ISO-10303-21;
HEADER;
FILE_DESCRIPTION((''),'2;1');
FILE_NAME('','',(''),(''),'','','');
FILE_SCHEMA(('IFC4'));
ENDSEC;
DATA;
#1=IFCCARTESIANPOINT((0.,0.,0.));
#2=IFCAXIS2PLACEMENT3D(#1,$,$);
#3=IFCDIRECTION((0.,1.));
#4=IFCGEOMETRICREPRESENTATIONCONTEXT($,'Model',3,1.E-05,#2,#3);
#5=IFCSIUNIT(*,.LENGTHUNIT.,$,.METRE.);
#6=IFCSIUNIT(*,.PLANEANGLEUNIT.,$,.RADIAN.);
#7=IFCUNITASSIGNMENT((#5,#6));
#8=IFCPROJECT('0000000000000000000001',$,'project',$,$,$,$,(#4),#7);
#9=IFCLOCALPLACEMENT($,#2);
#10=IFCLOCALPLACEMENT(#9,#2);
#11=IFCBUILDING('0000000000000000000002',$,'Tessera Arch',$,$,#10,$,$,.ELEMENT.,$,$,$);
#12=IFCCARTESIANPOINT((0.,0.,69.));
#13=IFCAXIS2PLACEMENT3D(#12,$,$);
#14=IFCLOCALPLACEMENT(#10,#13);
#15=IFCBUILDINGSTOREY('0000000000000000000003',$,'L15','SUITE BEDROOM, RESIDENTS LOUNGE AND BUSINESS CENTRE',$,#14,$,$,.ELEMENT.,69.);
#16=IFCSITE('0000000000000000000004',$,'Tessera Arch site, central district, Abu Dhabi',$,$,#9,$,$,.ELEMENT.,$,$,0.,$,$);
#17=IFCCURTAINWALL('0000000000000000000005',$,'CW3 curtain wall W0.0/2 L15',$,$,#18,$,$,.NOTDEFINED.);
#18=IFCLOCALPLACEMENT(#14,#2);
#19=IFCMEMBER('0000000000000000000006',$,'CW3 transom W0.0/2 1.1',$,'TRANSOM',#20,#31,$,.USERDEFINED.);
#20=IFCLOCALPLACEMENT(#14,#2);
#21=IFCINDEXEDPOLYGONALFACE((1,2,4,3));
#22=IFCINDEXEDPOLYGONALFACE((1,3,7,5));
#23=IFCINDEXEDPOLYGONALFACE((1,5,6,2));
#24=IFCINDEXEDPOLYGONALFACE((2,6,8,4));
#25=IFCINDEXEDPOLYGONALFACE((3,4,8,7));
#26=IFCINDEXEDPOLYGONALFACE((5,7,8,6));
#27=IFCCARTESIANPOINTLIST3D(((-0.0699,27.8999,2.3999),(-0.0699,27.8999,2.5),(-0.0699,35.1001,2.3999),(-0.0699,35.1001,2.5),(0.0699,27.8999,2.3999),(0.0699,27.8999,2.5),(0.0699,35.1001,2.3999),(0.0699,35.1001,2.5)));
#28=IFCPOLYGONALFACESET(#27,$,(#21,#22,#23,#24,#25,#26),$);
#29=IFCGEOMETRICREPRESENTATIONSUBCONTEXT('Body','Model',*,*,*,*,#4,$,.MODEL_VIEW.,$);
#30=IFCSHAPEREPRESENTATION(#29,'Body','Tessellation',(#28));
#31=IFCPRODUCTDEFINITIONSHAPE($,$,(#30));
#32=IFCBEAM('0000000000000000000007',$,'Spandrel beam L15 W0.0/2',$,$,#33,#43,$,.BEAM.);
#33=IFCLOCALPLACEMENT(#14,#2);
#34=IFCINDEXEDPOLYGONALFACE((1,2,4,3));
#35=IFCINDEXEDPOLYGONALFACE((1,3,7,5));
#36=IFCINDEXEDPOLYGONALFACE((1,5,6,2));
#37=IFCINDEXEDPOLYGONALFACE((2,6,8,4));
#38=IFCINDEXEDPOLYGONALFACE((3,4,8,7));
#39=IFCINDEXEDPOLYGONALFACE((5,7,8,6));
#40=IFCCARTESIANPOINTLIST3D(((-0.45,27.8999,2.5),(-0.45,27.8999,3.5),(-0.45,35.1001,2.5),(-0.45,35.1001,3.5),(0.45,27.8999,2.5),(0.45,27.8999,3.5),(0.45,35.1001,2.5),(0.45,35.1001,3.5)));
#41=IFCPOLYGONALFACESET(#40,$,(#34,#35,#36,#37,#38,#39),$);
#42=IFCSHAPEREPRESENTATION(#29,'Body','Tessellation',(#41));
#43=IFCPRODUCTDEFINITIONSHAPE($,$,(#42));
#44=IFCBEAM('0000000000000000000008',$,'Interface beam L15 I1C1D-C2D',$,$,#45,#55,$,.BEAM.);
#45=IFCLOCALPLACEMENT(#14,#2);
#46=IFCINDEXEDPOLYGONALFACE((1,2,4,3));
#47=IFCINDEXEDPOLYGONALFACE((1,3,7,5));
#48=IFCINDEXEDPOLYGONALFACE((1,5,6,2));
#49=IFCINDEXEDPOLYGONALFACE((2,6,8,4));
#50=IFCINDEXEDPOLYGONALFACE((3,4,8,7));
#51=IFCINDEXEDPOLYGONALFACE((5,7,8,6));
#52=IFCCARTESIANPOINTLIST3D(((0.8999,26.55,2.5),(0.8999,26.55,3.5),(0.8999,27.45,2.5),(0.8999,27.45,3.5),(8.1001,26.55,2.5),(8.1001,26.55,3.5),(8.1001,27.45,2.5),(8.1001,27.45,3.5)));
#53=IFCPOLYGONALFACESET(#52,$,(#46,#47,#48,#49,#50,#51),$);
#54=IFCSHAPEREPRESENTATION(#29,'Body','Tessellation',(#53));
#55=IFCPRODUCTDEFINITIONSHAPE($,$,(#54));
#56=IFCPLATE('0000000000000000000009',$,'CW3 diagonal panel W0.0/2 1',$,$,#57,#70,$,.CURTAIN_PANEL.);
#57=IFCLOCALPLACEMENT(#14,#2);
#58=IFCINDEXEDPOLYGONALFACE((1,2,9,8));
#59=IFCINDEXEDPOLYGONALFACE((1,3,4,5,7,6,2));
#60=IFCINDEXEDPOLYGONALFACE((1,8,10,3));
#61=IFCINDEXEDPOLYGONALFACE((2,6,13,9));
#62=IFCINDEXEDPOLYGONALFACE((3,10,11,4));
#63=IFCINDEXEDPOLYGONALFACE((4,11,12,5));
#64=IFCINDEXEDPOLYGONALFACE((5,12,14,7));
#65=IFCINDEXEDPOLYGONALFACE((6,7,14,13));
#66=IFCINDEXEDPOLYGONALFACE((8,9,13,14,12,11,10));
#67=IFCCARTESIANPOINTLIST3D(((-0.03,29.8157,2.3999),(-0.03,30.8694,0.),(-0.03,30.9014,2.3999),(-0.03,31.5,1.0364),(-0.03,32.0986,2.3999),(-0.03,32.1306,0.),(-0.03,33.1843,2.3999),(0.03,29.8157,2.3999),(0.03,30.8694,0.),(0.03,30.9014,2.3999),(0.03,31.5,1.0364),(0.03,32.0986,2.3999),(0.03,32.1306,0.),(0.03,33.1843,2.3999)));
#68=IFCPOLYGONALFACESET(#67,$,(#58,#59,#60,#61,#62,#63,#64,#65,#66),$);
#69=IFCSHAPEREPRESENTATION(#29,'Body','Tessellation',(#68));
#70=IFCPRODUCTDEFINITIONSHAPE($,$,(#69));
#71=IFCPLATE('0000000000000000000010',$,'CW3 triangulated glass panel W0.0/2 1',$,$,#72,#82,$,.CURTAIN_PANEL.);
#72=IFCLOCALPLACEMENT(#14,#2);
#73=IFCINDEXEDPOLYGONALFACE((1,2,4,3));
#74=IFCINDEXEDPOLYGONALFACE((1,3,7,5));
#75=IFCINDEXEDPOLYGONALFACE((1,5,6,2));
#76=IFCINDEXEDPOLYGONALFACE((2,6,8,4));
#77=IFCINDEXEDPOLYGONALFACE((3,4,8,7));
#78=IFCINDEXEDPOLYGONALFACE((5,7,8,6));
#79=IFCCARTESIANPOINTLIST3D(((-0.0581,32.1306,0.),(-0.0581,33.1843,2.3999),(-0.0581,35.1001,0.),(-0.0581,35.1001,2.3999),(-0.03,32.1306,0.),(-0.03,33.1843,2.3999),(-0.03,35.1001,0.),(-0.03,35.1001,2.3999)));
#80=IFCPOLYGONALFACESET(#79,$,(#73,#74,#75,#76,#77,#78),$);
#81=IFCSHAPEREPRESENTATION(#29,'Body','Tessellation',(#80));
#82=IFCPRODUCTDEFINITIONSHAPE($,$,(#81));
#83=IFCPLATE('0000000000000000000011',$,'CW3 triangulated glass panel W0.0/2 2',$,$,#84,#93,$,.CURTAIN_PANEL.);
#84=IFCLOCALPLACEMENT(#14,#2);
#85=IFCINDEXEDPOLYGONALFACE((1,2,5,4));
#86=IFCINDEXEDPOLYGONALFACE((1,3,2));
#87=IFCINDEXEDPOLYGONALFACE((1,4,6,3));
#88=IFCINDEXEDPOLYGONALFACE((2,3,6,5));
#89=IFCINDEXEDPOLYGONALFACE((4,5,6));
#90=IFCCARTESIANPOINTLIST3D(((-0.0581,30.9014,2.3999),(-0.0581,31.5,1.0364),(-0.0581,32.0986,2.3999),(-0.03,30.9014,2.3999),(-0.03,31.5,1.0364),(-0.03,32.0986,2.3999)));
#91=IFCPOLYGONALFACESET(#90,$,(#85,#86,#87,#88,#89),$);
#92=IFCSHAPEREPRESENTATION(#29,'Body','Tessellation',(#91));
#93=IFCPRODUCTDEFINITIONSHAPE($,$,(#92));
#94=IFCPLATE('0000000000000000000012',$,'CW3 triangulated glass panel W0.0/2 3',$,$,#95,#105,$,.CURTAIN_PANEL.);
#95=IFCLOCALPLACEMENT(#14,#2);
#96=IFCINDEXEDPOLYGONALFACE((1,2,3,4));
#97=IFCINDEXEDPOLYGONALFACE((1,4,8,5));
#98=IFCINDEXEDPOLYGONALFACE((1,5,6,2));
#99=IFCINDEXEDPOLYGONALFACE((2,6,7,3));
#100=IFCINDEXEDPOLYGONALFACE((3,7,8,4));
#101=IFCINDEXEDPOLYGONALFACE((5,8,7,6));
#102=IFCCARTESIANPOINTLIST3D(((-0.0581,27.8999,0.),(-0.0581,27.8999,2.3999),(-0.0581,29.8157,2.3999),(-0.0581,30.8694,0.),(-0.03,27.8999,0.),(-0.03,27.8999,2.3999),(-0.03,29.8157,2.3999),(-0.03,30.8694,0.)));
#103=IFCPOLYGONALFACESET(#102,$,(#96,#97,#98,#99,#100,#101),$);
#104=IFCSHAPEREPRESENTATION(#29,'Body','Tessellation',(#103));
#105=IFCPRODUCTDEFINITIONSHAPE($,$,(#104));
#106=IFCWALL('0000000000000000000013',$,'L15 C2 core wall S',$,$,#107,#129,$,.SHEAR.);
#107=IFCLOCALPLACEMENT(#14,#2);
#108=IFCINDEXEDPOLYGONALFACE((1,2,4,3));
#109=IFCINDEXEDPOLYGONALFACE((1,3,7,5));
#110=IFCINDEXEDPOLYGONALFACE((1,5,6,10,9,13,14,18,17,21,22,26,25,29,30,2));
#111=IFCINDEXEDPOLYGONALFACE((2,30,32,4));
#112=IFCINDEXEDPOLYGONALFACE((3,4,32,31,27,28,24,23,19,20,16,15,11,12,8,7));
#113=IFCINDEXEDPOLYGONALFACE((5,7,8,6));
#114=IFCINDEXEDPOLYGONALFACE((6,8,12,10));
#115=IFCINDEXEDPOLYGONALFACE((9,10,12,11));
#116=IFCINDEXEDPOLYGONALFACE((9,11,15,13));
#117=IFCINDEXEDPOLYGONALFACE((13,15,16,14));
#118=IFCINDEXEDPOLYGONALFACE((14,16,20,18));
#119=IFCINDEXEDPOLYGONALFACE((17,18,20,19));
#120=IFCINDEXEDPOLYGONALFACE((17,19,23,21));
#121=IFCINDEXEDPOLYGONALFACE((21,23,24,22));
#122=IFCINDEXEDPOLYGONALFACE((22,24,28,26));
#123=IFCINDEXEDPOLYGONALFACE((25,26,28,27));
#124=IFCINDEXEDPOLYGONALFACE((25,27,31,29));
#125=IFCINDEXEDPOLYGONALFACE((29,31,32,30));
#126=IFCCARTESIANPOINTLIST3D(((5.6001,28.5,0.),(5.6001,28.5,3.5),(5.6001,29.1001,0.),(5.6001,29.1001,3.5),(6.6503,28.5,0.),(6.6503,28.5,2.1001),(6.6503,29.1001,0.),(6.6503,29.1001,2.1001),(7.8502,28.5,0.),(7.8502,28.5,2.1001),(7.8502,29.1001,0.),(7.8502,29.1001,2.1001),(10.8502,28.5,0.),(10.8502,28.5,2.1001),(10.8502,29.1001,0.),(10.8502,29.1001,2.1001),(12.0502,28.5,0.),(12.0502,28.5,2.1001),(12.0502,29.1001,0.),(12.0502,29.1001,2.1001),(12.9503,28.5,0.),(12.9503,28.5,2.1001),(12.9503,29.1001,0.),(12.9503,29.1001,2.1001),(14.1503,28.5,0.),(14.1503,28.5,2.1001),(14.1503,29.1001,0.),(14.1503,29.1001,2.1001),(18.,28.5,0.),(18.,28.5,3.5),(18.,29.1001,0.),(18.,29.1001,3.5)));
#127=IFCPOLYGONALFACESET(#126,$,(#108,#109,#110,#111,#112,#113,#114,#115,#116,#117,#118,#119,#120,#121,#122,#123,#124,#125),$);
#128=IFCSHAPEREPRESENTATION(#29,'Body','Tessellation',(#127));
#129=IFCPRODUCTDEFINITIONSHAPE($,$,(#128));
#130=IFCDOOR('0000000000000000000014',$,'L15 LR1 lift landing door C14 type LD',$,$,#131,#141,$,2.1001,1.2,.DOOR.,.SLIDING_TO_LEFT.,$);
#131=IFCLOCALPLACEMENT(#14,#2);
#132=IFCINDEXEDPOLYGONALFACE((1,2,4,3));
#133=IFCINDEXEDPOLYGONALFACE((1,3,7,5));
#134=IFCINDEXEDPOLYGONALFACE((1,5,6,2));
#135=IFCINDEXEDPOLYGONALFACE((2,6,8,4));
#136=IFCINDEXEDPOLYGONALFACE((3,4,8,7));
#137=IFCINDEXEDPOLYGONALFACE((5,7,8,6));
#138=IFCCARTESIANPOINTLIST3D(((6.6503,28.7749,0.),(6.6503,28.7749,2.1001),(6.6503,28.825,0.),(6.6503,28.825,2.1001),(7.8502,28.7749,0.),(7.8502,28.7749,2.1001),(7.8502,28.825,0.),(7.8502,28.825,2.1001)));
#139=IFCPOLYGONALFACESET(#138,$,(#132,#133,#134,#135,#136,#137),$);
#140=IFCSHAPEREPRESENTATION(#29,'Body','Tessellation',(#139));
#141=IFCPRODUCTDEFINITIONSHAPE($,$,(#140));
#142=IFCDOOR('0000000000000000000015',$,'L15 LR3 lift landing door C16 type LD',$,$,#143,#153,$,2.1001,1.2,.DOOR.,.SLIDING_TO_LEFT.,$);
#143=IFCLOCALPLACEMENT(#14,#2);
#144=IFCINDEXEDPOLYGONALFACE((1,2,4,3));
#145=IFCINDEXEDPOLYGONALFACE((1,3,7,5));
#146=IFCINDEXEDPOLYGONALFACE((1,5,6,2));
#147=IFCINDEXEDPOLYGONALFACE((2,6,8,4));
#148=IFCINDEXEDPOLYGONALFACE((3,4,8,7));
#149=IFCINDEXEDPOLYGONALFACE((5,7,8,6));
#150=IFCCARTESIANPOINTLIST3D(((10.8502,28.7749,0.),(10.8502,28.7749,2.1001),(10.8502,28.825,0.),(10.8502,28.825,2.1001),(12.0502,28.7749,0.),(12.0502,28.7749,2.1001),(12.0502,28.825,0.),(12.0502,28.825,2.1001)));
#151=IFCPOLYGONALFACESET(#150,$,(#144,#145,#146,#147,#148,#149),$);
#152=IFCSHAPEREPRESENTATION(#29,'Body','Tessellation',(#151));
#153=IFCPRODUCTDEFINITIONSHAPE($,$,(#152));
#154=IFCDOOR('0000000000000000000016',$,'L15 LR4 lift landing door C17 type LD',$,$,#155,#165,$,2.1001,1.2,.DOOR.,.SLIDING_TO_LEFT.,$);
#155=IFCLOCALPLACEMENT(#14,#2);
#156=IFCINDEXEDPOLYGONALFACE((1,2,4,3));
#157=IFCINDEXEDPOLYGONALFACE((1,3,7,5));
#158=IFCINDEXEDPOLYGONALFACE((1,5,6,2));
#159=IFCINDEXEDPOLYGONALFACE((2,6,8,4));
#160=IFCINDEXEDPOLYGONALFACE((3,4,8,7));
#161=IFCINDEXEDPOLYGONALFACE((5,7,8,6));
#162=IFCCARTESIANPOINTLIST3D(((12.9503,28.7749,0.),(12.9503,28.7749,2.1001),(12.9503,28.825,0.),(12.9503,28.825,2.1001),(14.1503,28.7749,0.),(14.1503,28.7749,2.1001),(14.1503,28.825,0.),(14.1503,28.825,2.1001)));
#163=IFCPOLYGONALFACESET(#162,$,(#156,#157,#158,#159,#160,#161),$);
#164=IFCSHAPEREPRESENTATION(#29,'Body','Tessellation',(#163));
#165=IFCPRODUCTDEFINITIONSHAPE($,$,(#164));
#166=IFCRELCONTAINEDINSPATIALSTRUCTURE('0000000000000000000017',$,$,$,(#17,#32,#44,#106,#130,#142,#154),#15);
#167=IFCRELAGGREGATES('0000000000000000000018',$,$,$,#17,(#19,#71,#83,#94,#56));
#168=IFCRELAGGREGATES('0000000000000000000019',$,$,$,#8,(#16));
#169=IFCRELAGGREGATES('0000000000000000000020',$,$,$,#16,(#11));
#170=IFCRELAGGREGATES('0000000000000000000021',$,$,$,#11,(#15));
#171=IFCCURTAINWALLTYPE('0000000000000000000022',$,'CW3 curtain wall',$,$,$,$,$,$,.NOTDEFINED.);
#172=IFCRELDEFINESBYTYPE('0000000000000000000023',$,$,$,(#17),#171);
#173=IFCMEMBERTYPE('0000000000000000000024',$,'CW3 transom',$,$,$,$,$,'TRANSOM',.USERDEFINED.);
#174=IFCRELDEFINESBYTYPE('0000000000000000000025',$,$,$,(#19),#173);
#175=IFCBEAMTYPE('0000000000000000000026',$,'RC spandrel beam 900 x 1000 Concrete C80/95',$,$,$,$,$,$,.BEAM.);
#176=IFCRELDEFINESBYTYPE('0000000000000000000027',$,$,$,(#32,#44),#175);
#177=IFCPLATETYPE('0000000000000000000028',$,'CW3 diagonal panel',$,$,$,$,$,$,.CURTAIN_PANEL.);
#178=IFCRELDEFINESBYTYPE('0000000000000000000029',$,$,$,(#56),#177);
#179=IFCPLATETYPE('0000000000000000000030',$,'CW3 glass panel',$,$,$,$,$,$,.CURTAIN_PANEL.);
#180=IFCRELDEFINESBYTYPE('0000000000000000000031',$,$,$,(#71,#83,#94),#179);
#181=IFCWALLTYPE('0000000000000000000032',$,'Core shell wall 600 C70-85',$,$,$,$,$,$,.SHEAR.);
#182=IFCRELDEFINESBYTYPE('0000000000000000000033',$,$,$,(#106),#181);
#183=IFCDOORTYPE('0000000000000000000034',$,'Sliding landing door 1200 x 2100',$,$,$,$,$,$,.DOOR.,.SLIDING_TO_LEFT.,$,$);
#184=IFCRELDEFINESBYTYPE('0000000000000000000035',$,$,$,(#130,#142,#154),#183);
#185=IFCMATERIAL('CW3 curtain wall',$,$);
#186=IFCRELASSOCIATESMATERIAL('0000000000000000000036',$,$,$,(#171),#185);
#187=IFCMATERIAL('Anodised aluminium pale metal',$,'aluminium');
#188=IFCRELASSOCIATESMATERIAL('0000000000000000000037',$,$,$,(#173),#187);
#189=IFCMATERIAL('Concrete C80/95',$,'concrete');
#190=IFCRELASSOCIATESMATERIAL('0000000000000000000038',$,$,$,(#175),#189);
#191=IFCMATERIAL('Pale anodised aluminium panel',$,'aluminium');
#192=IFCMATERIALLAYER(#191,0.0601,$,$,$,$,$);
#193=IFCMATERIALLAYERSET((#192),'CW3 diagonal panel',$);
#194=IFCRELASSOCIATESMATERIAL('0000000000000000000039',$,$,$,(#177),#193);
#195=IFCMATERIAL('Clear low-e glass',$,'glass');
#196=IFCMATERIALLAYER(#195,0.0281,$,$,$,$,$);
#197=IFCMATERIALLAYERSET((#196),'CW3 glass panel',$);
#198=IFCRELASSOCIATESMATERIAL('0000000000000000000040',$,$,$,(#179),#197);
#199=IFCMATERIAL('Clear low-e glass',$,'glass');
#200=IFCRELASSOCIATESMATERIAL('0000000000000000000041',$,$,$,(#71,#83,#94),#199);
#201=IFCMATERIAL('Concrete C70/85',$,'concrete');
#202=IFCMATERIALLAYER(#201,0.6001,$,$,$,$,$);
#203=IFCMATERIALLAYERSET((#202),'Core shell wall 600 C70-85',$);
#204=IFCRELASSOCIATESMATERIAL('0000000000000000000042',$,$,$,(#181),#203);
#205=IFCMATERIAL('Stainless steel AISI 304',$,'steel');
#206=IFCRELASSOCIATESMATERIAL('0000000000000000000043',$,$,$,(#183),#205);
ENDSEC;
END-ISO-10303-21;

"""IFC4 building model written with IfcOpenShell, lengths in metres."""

from ifc_helpers import new_model, si_unit, direction, frame, frame_2d, origin, origin_2d, place, context, subcontext, project, spatial, polyline, rectangle, outline, extrude, material, layer, layer_set, material_profile, profile_set, type_object, element, fill, aggregate, save


model = new_model("IFC4")

# Units and contexts
model_context = context("Model", 3, precision=1e-05, world=origin(), true_north=direction((0.0, 1.0)))
body_context = subcontext(model_context, "Body", "Model", "MODEL_VIEW")
ifc_project = project(units=[si_unit("LENGTHUNIT", "METRE"), si_unit("PLANEANGLEUNIT", "RADIAN")], contexts=[model_context])

# Site, building, storey
site_placement = place(None, origin())
site = spatial("IfcSite", under=ifc_project, at=site_placement, Name="Tessera Arch site, central district, Abu Dhabi", CompositionType="ELEMENT", RefElevation=0.0)
building_placement = place(site_placement, origin())
building = spatial("IfcBuilding", under=site, at=building_placement, Name="Tessera Arch", CompositionType="ELEMENT")
storey_placement = place(building_placement, frame((0.0, 0.0, 69.0)))
storey = spatial("IfcBuildingStorey", under=building, at=storey_placement, Name="L15", Description="SUITE BEDROOM, RESIDENTS LOUNGE AND BUSINESS CENTRE", CompositionType="ELEMENT", Elevation=69.0)

# Curtain wall, member
ifc_material_1 = material(Name="CW3 curtain wall")
curtain_wall_type = type_object("IfcCurtainWallType", Name="CW3 curtain wall", PredefinedType="NOTDEFINED", material=ifc_material_1)
curtain_wall_placement = place(storey_placement, origin())
curtain_wall = element("IfcCurtainWall", 1, at=curtain_wall_placement, inside=storey, type_object=curtain_wall_type, Name="CW3 curtain wall W0.0/2 L15", PredefinedType="NOTDEFINED")
ifc_material_2 = material(Name="Anodised aluminium pale metal", Category="aluminium")
ifc_material_profile_1 = material_profile(ifc_material_2, rectangle(XDim=0.1399, YDim=0.1001, at=origin_2d()), Name="AL 140x100")
ifc_profile_set_1 = profile_set([ifc_material_profile_1], Name="Anodised aluminium pale metal")
member_type = type_object("IfcMemberType", Name="CW3 transom", ElementType="TRANSOM", PredefinedType="USERDEFINED", material=ifc_profile_set_1)
member_placement = place(storey_placement, frame((0.0, 35.1001, 2.45), z_axis=(0.0, -1.0, 0.0), x_axis=(1.0, 0.0, 0.0)))
member = element("IfcMember", 2, at=member_placement, type_object=member_type, Name="CW3 transom W0.0/2 1.1", ObjectType="TRANSOM", PredefinedType="USERDEFINED", context=body_context, shape_type="SweptSolid", body=[
    extrude(rectangle(XDim=0.1399, YDim=0.1001, at=origin_2d()), origin(), (0.0, 0.0, 1.0), 7.2002),
])

# Beams
ifc_material_3 = material(Name="Concrete C80/95", Category="concrete")
ifc_material_profile_2 = material_profile(ifc_material_3, rectangle(XDim=0.8999, YDim=1.0, at=origin_2d()), Name="RC spandrel beam 900 x 1000 Concrete C80/95")
ifc_profile_set_2 = profile_set([ifc_material_profile_2], Name="Concrete C80/95")
beam_type = type_object("IfcBeamType", Name="RC spandrel beam 900 x 1000 Concrete C80/95", PredefinedType="BEAM", material=ifc_profile_set_2)
for number, where, z_axis, x_axis, name in (
    (3, (0.0, 35.1001, 3.0), (0.0, -1.0, 0.0), (1.0, 0.0, 0.0), "Spandrel beam L15 W0.0/2"),
    (4, (0.8999, 27.0, 3.0), (1.0, 0.0, 0.0), (0.0, 1.0, 0.0), "Interface beam L15 I1C1D-C2D"),
):
    element("IfcBeam", number, at=place(storey_placement, frame(where, z_axis=z_axis, x_axis=x_axis)), inside=storey, type_object=beam_type, Name=name, PredefinedType="BEAM", context=body_context, shape_type="SweptSolid", body=[
        extrude(rectangle(XDim=0.8999, YDim=1.0, at=origin_2d()), origin(), (0.0, 0.0, 1.0), 7.2002),
    ])

# Plates
ifc_material_4 = material(Name="Pale anodised aluminium panel", Category="aluminium")
ifc_layer_1 = layer(ifc_material_4, 0.0601)
ifc_layer_set_1 = layer_set([ifc_layer_1], Name="CW3 diagonal panel")
plate_type_1 = type_object("IfcPlateType", Name="CW3 diagonal panel", PredefinedType="CURTAIN_PANEL", material=ifc_layer_set_1)
plate_1_placement = place(storey_placement, frame((-0.03, 29.8157, 2.3999), z_axis=(-1.0, 0.0, 0.0), x_axis=(0.0, 1.0, 0.0)))
plate_1 = element("IfcPlate", 5, at=plate_1_placement, type_object=plate_type_1, Name="CW3 diagonal panel W0.0/2 1", PredefinedType="CURTAIN_PANEL", context=body_context, shape_type="SweptSolid", body=[
    extrude(outline(polyline([(0.0, 0.0), (1.0857, 0.0), (1.6843, 1.3635), (2.283, 0.0), (3.3687, 0.0), (2.3149, 2.3999), (1.0537, 2.3999), (0.0, 0.0)])), origin(), (0.0, 0.0, -1.0), 0.0601),
])
ifc_material_5 = material(Name="Clear low-e glass", Category="glass")
ifc_material_6 = material(Name="Clear low-e glass", Category="glass")
ifc_layer_2 = layer(ifc_material_6, 0.0281)
ifc_layer_set_2 = layer_set([ifc_layer_2], Name="CW3 glass panel")
plate_type_2 = type_object("IfcPlateType", Name="CW3 glass panel", PredefinedType="CURTAIN_PANEL", material=ifc_layer_set_2)
plate_2_placement = place(storey_placement, frame((-0.0581, 35.1001, 0.0), z_axis=(-1.0, 0.0, 0.0), x_axis=(0.0, -1.0, 0.0)))
plate_2 = element("IfcPlate", 6, at=plate_2_placement, type_object=plate_type_2, material=ifc_material_5, Name="CW3 triangulated glass panel W0.0/2 1", PredefinedType="CURTAIN_PANEL", context=body_context, shape_type="SweptSolid", body=[
    extrude(outline(polyline([(0.0, 0.0), (2.9695, 0.0), (1.9158, 2.3999), (0.0, 2.3999), (0.0, 0.0)])), origin(), (0.0, 0.0, -1.0), 0.0281),
])
plate_3_placement = place(storey_placement, frame((-0.0581, 30.9014, 2.3999), z_axis=(-1.0, 0.0, 0.0), x_axis=(0.0, 1.0, 0.0)))
plate_3 = element("IfcPlate", 7, at=plate_3_placement, type_object=plate_type_2, material=ifc_material_5, Name="CW3 triangulated glass panel W0.0/2 2", PredefinedType="CURTAIN_PANEL", context=body_context, shape_type="SweptSolid", body=[
    extrude(outline(polyline([(0.0, 0.0), (1.1973, 0.0), (0.5986, 1.3635), (0.0, 0.0)])), origin(), (0.0, 0.0, -1.0), 0.0281),
])
plate_4_placement = place(storey_placement, frame((-0.0581, 27.8999, 2.3999), z_axis=(-1.0, 0.0, 0.0), x_axis=(0.0, 1.0, 0.0)))
plate_4 = element("IfcPlate", 8, at=plate_4_placement, type_object=plate_type_2, material=ifc_material_5, Name="CW3 triangulated glass panel W0.0/2 3", PredefinedType="CURTAIN_PANEL", context=body_context, shape_type="SweptSolid", body=[
    extrude(outline(polyline([(0.0, 0.0), (1.9158, 0.0), (2.9695, 2.3999), (0.0, 2.3999), (0.0, 0.0)])), origin(), (0.0, 0.0, -1.0), 0.0281),
])
aggregate(curtain_wall, [member, plate_2, plate_3, plate_4, plate_1])

# Wall, openings, doors
ifc_material_7 = material(Name="Concrete C70/85", Category="concrete")
ifc_layer_3 = layer(ifc_material_7, 0.6001)
ifc_layer_set_3 = layer_set([ifc_layer_3], Name="Core shell wall 600 C70-85")
wall_type_1 = type_object("IfcWallType", Name="Core shell wall 600 C70-85", PredefinedType="SHEAR", material=ifc_layer_set_3)
wall_1_placement = place(storey_placement, frame((5.6001, 28.8, 0.0), z_axis=(0.0, 0.0, 1.0), x_axis=(1.0, 0.0, 0.0)))
wall_1 = element("IfcWall", 9, at=wall_1_placement, inside=storey, type_object=wall_type_1, Name="L15 C2 core wall S", PredefinedType="SHEAR", context=body_context, shape_type="SweptSolid", body=[
    extrude(rectangle(XDim=12.3999, YDim=0.6001, at=frame_2d((6.2, 0.0))), origin(), (0.0, 0.0, 1.0), 3.5),
])
opening_1_placement = place(wall_1_placement, frame((1.05, 0.0, 0.0)))
opening_1 = element("IfcOpeningElement", 10, at=opening_1_placement, cuts=wall_1, PredefinedType="OPENING", context=body_context, shape_type="SweptSolid", body=[
    extrude(rectangle(XDim=1.2, YDim=2.1001, at=frame_2d((0.6001, 1.05))), frame((0.0, 0.3101, 0.0), z_axis=(0.0, -1.0, 0.0), x_axis=(1.0, 0.0, 0.0)), (0.0, 0.0, 1.0), 0.6201),
])
opening_2_placement = place(wall_1_placement, frame((5.25, 0.0, 0.0)))
opening_2 = element("IfcOpeningElement", 11, at=opening_2_placement, cuts=wall_1, PredefinedType="OPENING", context=body_context, shape_type="SweptSolid", body=[
    extrude(rectangle(XDim=1.2, YDim=2.1001, at=frame_2d((0.6001, 1.05))), frame((0.0, 0.3101, 0.0), z_axis=(0.0, -1.0, 0.0), x_axis=(1.0, 0.0, 0.0)), (0.0, 0.0, 1.0), 0.6201),
])
opening_3_placement = place(wall_1_placement, frame((7.3501, 0.0, 0.0)))
opening_3 = element("IfcOpeningElement", 12, at=opening_3_placement, cuts=wall_1, PredefinedType="OPENING", context=body_context, shape_type="SweptSolid", body=[
    extrude(rectangle(XDim=1.2, YDim=2.1001, at=frame_2d((0.6001, 1.05))), frame((0.0, 0.3101, 0.0), z_axis=(0.0, -1.0, 0.0), x_axis=(1.0, 0.0, 0.0)), (0.0, 0.0, 1.0), 0.6201),
])
ifc_material_8 = material(Name="Stainless steel AISI 304", Category="steel")
door_type_1 = type_object("IfcDoorType", Name="Sliding landing door 1200 x 2100", OperationType="SLIDING_TO_LEFT", PredefinedType="DOOR", material=ifc_material_8)
door_1_placement = place(opening_1_placement, origin())
door_1 = element("IfcDoor", 13, at=door_1_placement, inside=storey, type_object=door_type_1, Name="L15 LR1 lift landing door C14 type LD", OperationType="SLIDING_TO_LEFT", OverallHeight=2.1001, OverallWidth=1.2, PredefinedType="DOOR", context=body_context, shape_type="SweptSolid", body=[
    extrude(rectangle(XDim=1.2, YDim=2.1001, at=frame_2d((0.6001, 1.05))), frame((0.0, 0.0249, 0.0), z_axis=(0.0, -1.0, 0.0), x_axis=(1.0, 0.0, 0.0)), (0.0, 0.0, 1.0), 0.05),
])
fill(opening_1, door_1)
door_2_placement = place(opening_2_placement, origin())
door_2 = element("IfcDoor", 14, at=door_2_placement, inside=storey, type_object=door_type_1, Name="L15 LR3 lift landing door C16 type LD", OperationType="SLIDING_TO_LEFT", OverallHeight=2.1001, OverallWidth=1.2, PredefinedType="DOOR", context=body_context, shape_type="SweptSolid", body=[
    extrude(rectangle(XDim=1.2, YDim=2.1001, at=frame_2d((0.6001, 1.05))), frame((0.0, 0.0249, 0.0), z_axis=(0.0, -1.0, 0.0), x_axis=(1.0, 0.0, 0.0)), (0.0, 0.0, 1.0), 0.05),
])
fill(opening_2, door_2)
door_3_placement = place(opening_3_placement, origin())
door_3 = element("IfcDoor", 15, at=door_3_placement, inside=storey, type_object=door_type_1, Name="L15 LR4 lift landing door C17 type LD", OperationType="SLIDING_TO_LEFT", OverallHeight=2.1001, OverallWidth=1.2, PredefinedType="DOOR", context=body_context, shape_type="SweptSolid", body=[
    extrude(rectangle(XDim=1.2, YDim=2.1001, at=frame_2d((0.6001, 1.05))), frame((0.0, 0.0249, 0.0), z_axis=(0.0, -1.0, 0.0), x_axis=(1.0, 0.0, 0.0)), (0.0, 0.0, 1.0), 0.05),
])
fill(opening_3, door_3)

save(model, "model.ifc")
